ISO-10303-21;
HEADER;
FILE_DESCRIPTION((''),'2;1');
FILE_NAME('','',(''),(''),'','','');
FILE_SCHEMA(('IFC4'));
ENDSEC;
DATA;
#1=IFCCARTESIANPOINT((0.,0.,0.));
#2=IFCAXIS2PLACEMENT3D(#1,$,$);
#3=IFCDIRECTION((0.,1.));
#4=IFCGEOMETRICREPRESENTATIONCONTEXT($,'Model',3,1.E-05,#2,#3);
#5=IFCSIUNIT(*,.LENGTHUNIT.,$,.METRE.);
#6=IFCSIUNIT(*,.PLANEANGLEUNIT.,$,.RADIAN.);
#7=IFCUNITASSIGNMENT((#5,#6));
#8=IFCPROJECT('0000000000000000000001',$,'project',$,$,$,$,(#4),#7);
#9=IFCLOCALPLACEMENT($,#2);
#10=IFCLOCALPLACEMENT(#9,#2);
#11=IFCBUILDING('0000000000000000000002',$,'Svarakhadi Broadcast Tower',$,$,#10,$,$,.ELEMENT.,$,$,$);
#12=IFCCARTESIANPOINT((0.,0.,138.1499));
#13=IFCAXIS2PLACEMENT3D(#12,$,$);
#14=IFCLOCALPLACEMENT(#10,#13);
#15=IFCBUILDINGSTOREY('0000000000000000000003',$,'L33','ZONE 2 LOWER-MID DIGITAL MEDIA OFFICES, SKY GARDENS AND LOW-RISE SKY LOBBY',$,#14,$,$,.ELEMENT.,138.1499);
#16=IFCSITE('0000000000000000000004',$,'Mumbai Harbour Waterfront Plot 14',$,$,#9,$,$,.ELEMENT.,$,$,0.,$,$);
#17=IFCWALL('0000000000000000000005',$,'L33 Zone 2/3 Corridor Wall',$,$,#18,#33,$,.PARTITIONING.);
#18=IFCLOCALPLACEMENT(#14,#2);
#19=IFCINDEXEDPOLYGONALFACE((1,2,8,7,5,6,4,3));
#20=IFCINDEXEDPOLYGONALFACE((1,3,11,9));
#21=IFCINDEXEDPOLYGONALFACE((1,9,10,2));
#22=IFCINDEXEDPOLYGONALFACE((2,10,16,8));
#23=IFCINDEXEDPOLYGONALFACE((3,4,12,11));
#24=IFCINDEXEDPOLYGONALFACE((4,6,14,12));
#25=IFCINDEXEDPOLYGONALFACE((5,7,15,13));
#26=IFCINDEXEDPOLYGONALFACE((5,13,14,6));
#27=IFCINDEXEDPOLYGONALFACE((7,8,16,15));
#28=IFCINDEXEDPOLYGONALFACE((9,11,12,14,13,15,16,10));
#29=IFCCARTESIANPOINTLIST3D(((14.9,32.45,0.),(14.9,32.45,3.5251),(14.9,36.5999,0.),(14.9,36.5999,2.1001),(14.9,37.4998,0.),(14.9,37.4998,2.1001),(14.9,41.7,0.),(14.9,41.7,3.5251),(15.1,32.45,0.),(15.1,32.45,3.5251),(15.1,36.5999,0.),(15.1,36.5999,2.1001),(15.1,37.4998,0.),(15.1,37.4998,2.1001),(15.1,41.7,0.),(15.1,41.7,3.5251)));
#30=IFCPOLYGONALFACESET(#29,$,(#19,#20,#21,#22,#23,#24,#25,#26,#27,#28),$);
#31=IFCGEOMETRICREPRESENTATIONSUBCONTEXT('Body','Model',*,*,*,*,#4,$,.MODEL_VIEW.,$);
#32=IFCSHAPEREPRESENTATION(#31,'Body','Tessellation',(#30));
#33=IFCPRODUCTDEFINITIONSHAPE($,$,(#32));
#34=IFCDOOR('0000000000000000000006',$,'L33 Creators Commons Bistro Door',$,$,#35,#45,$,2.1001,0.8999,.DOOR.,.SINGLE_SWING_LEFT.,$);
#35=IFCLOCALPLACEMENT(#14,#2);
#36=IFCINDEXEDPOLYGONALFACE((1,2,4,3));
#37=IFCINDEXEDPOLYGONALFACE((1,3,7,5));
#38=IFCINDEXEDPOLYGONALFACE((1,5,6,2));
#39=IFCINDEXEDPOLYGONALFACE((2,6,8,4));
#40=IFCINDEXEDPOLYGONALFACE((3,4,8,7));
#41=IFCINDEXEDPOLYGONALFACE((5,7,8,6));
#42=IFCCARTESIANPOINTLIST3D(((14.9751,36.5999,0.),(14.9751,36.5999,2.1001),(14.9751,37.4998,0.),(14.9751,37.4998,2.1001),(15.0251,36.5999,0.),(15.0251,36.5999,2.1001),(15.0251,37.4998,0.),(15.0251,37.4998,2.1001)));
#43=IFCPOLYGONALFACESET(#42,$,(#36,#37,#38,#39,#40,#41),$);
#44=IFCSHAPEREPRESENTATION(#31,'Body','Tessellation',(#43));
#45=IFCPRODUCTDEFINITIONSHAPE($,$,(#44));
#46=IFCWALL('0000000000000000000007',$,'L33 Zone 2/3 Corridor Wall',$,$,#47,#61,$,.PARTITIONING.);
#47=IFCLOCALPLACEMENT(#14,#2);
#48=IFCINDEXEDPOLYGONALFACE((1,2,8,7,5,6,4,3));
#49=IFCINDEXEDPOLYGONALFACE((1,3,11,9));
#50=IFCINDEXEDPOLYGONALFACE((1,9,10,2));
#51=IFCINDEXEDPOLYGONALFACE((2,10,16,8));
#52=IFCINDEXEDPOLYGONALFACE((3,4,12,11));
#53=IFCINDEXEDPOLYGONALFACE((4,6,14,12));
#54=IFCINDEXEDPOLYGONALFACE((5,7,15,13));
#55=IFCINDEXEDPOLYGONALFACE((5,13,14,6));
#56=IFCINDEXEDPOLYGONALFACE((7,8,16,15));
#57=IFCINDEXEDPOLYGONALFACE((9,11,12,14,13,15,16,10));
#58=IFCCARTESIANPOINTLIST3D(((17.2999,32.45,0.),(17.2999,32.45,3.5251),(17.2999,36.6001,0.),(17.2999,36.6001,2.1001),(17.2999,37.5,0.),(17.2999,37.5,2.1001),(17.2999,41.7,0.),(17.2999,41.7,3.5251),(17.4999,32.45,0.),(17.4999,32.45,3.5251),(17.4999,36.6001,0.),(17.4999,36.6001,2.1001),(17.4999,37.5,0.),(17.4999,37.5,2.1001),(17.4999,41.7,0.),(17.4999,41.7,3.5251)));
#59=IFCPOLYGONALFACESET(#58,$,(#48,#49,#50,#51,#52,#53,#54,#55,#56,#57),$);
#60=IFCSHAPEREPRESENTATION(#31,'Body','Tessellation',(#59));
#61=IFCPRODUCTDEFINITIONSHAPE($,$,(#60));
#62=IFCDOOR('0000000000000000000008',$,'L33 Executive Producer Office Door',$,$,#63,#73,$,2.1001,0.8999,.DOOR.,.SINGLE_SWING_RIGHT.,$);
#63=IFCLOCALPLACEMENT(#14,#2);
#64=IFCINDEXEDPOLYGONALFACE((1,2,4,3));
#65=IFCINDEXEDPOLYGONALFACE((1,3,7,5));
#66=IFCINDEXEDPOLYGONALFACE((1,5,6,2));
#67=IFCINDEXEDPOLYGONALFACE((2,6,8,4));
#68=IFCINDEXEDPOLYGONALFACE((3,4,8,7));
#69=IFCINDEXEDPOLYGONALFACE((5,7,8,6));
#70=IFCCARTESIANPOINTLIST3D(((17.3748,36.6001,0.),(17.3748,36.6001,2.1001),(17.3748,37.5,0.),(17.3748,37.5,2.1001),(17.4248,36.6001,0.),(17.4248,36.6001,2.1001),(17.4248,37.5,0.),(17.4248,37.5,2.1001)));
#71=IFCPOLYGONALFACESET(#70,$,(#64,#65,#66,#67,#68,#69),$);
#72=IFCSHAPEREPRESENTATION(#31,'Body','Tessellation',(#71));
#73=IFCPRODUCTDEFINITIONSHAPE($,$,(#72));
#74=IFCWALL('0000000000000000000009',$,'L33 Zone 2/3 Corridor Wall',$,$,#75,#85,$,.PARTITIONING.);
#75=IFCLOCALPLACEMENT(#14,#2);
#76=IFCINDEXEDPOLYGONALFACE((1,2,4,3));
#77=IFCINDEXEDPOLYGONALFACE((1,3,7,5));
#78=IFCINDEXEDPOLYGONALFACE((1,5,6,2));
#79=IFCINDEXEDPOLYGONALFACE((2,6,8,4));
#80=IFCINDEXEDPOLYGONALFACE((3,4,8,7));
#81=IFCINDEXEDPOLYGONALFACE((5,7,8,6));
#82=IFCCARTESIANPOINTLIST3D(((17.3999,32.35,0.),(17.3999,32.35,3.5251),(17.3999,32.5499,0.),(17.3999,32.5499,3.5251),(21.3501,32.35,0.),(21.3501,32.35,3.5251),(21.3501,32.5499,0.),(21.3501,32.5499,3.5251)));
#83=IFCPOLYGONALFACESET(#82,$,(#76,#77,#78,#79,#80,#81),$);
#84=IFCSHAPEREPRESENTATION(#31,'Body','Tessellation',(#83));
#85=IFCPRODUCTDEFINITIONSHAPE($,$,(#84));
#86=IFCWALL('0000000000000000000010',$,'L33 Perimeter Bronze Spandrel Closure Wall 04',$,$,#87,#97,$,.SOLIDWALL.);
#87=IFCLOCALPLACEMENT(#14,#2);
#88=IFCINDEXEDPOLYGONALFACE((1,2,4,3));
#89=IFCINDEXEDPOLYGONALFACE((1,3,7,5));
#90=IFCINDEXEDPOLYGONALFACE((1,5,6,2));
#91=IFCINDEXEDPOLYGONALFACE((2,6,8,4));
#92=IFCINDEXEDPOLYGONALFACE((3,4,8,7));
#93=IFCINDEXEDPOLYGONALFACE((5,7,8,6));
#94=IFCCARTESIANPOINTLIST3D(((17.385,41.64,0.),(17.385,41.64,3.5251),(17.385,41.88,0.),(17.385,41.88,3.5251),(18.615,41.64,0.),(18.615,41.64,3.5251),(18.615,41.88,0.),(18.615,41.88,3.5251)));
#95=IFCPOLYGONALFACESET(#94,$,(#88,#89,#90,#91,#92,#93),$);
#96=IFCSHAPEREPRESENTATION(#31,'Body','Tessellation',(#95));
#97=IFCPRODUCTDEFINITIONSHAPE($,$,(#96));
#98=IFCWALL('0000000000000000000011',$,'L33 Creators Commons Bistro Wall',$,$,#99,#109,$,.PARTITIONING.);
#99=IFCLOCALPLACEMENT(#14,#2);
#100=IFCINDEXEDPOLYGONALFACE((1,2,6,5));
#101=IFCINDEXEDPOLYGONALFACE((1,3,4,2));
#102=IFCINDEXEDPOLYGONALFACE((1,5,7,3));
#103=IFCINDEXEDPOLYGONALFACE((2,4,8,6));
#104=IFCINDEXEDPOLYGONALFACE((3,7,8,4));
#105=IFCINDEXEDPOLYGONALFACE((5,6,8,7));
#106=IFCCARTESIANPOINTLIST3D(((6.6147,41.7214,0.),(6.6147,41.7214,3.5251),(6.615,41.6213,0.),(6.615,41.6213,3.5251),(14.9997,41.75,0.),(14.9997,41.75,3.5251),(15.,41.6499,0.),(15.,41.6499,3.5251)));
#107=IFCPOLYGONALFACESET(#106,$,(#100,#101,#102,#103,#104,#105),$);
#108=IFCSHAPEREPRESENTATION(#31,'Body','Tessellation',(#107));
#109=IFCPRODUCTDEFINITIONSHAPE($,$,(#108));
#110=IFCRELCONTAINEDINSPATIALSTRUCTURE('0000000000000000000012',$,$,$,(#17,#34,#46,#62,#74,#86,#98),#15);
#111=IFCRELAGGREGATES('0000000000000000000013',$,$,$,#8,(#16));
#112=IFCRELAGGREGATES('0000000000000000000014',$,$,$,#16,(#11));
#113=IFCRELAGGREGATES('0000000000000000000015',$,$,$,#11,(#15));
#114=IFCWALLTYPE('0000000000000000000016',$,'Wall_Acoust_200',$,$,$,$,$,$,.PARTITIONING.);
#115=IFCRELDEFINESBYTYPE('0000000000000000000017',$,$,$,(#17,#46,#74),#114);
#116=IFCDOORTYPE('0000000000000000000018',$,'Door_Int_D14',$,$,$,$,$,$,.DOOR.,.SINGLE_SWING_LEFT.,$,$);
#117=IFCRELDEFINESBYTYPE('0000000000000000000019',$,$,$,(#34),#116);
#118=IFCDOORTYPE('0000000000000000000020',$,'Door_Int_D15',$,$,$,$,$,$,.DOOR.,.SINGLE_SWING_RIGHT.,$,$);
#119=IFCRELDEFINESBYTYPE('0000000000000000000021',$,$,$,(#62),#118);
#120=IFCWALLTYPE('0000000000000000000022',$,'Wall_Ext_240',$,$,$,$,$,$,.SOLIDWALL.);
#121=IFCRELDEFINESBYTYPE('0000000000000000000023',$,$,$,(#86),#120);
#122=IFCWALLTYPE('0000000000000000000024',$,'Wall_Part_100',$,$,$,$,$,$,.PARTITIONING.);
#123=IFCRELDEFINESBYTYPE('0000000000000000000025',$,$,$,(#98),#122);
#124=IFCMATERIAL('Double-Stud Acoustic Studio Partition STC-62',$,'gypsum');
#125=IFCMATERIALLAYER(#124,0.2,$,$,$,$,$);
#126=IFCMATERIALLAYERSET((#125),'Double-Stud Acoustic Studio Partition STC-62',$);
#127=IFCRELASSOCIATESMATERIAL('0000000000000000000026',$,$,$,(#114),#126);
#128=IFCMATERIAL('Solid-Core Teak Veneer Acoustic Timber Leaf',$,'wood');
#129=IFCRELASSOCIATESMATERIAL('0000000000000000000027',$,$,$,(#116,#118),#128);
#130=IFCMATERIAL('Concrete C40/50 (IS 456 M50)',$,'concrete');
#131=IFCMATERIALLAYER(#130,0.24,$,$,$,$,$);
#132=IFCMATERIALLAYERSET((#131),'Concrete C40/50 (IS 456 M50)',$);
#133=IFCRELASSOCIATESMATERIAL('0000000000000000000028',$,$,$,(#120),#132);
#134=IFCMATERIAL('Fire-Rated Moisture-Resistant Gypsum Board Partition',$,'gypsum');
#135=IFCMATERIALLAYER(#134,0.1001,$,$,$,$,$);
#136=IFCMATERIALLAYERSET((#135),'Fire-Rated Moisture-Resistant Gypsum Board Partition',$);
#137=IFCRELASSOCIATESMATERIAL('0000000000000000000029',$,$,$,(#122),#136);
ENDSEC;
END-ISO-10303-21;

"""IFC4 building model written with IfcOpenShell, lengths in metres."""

from ifc_helpers import new_model, si_unit, direction, frame, frame_2d, origin, place, context, subcontext, project, spatial, rectangle, extrude, material, layer, layer_set, type_object, element, fill, save


model = new_model("IFC4")

# Units and contexts
model_context = context("Model", 3, precision=1e-05, world=origin(), true_north=direction((0.0, 1.0)))
body_context = subcontext(model_context, "Body", "Model", "MODEL_VIEW")
ifc_project = project(units=[si_unit("LENGTHUNIT", "METRE"), si_unit("PLANEANGLEUNIT", "RADIAN")], contexts=[model_context])

# Site, building, storey
site_placement = place(None, origin())
site = spatial("IfcSite", under=ifc_project, at=site_placement, Name="Mumbai Harbour Waterfront Plot 14", CompositionType="ELEMENT", RefElevation=0.0)
building_placement = place(site_placement, origin())
building = spatial("IfcBuilding", under=site, at=building_placement, Name="Svarakhadi Broadcast Tower", CompositionType="ELEMENT")
storey_placement = place(building_placement, frame((0.0, 0.0, 138.1499)))
storey = spatial("IfcBuildingStorey", under=building, at=storey_placement, Name="L33", Description="ZONE 2 LOWER-MID DIGITAL MEDIA OFFICES, SKY GARDENS AND LOW-RISE SKY LOBBY", CompositionType="ELEMENT", Elevation=138.1499)

# Walls, openings, doors
ifc_material_1 = material(Name="Double-Stud Acoustic Studio Partition STC-62", Category="gypsum")
ifc_layer_1 = layer(ifc_material_1, 0.2)
ifc_layer_set_1 = layer_set([ifc_layer_1], Name="Double-Stud Acoustic Studio Partition STC-62")
wall_type_1 = type_object("IfcWallType", Name="Wall_Acoust_200", PredefinedType="PARTITIONING", material=ifc_layer_set_1)
wall_1_placement = place(storey_placement, frame((15.0, 32.45, 0.0), z_axis=(0.0, 0.0, 1.0), x_axis=(0.0, 1.0, 0.0)))
wall_1 = element("IfcWall", 1, at=wall_1_placement, inside=storey, type_object=wall_type_1, Name="L33 Zone 2/3 Corridor Wall", PredefinedType="PARTITIONING", context=body_context, shape_type="SweptSolid", body=[
    extrude(rectangle(XDim=9.25, YDim=0.2, at=frame_2d((4.625, 0.0))), origin(), (0.0, 0.0, 1.0), 3.5251),
])
opening_1_placement = place(wall_1_placement, frame((4.1499, 0.0, 0.0)))
opening_1 = element("IfcOpeningElement", 2, at=opening_1_placement, cuts=wall_1, PredefinedType="OPENING", context=body_context, shape_type="SweptSolid", body=[
    extrude(rectangle(XDim=0.8999, YDim=2.1001, at=frame_2d((0.45, 1.05))), frame((0.0, 0.1099, 0.0), z_axis=(0.0, -1.0, 0.0), x_axis=(1.0, 0.0, 0.0)), (0.0, 0.0, 1.0), 0.22),
])
ifc_material_2 = material(Name="Solid-Core Teak Veneer Acoustic Timber Leaf", Category="wood")
door_type_1 = type_object("IfcDoorType", Name="Door_Int_D14", OperationType="SINGLE_SWING_LEFT", PredefinedType="DOOR", material=ifc_material_2)
door_1_placement = place(opening_1_placement, origin())
door_1 = element("IfcDoor", 3, at=door_1_placement, inside=storey, type_object=door_type_1, Name="L33 Creators Commons Bistro Door", OperationType="SINGLE_SWING_LEFT", OverallHeight=2.1001, OverallWidth=0.8999, PredefinedType="DOOR", context=body_context, shape_type="SweptSolid", body=[
    extrude(rectangle(XDim=0.8999, YDim=2.1001, at=frame_2d((0.45, 1.05))), frame((0.0, 0.0249, 0.0), z_axis=(0.0, -1.0, 0.0), x_axis=(1.0, 0.0, 0.0)), (0.0, 0.0, 1.0), 0.05),
])
fill(opening_1, door_1)
wall_2_placement = place(storey_placement, frame((17.3999, 41.7, 0.0), z_axis=(0.0, 0.0, 1.0), x_axis=(0.0, -1.0, 0.0)))
wall_2 = element("IfcWall", 4, at=wall_2_placement, inside=storey, type_object=wall_type_1, Name="L33 Zone 2/3 Corridor Wall", PredefinedType="PARTITIONING", context=body_context, shape_type="SweptSolid", body=[
    extrude(rectangle(XDim=9.25, YDim=0.2, at=frame_2d((4.625, 0.0))), origin(), (0.0, 0.0, 1.0), 3.5251),
])
opening_2_placement = place(wall_2_placement, frame((4.2, 0.0, 0.0)))
opening_2 = element("IfcOpeningElement", 5, at=opening_2_placement, cuts=wall_2, PredefinedType="OPENING", context=body_context, shape_type="SweptSolid", body=[
    extrude(rectangle(XDim=0.8999, YDim=2.1001, at=frame_2d((0.45, 1.05))), frame((0.0, 0.1099, 0.0), z_axis=(0.0, -1.0, 0.0), x_axis=(1.0, 0.0, 0.0)), (0.0, 0.0, 1.0), 0.22),
])
door_type_2 = type_object("IfcDoorType", Name="Door_Int_D15", OperationType="SINGLE_SWING_RIGHT", PredefinedType="DOOR", material=ifc_material_2)
door_2_placement = place(opening_2_placement, origin())
door_2 = element("IfcDoor", 6, at=door_2_placement, inside=storey, type_object=door_type_2, Name="L33 Executive Producer Office Door", OperationType="SINGLE_SWING_RIGHT", OverallHeight=2.1001, OverallWidth=0.8999, PredefinedType="DOOR", context=body_context, shape_type="SweptSolid", body=[
    extrude(rectangle(XDim=0.8999, YDim=2.1001, at=frame_2d((0.45, 1.05))), frame((0.0, 0.0249, 0.0), z_axis=(0.0, -1.0, 0.0), x_axis=(1.0, 0.0, 0.0)), (0.0, 0.0, 1.0), 0.05),
])
fill(opening_2, door_2)

# Walls
wall_3_placement = place(storey_placement, frame((17.3999, 32.45, 0.0), z_axis=(0.0, 0.0, 1.0), x_axis=(1.0, 0.0, 0.0)))
element("IfcWall", 7, at=wall_3_placement, inside=storey, type_object=wall_type_1, Name="L33 Zone 2/3 Corridor Wall", PredefinedType="PARTITIONING", context=body_context, shape_type="SweptSolid", body=[
    extrude(rectangle(XDim=3.9502, YDim=0.2, at=frame_2d((1.9751, 0.0))), origin(), (0.0, 0.0, 1.0), 3.5251),
])
ifc_material_3 = material(Name="Concrete C40/50 (IS 456 M50)", Category="concrete")
ifc_layer_2 = layer(ifc_material_3, 0.24)
ifc_layer_set_2 = layer_set([ifc_layer_2], Name="Concrete C40/50 (IS 456 M50)")
wall_type_2 = type_object("IfcWallType", Name="Wall_Ext_240", PredefinedType="SOLIDWALL", material=ifc_layer_set_2)
wall_4_placement = place(storey_placement, frame((17.385, 41.76, 0.0), z_axis=(0.0, 0.0, 1.0), x_axis=(1.0, 0.0, 0.0)))
element("IfcWall", 8, at=wall_4_placement, inside=storey, type_object=wall_type_2, Name="L33 Perimeter Bronze Spandrel Closure Wall 04", PredefinedType="SOLIDWALL", context=body_context, shape_type="SweptSolid", body=[
    extrude(rectangle(XDim=1.23, YDim=0.24, at=frame_2d((0.615, 0.0))), origin(), (0.0, 0.0, 1.0), 3.5251),
])
ifc_material_4 = material(Name="Fire-Rated Moisture-Resistant Gypsum Board Partition", Category="gypsum")
ifc_layer_3 = layer(ifc_material_4, 0.1001)
ifc_layer_set_3 = layer_set([ifc_layer_3], Name="Fire-Rated Moisture-Resistant Gypsum Board Partition")
wall_type_3 = type_object("IfcWallType", Name="Wall_Part_100", PredefinedType="PARTITIONING", material=ifc_layer_set_3)
wall_5_placement = place(storey_placement, frame((6.615, 41.6714, 0.0), z_axis=(0.0, 0.0, 1.0), x_axis=(0.999994, 0.003407, 0.0)))
element("IfcWall", 9, at=wall_5_placement, inside=storey, type_object=wall_type_3, Name="L33 Creators Commons Bistro Wall", PredefinedType="PARTITIONING", context=body_context, shape_type="SweptSolid", body=[
    extrude(rectangle(XDim=8.385, YDim=0.1001, at=frame_2d((4.1924, 0.0))), origin(), (0.0, 0.0, 1.0), 3.5251),
])

save(model, "model.ifc")
